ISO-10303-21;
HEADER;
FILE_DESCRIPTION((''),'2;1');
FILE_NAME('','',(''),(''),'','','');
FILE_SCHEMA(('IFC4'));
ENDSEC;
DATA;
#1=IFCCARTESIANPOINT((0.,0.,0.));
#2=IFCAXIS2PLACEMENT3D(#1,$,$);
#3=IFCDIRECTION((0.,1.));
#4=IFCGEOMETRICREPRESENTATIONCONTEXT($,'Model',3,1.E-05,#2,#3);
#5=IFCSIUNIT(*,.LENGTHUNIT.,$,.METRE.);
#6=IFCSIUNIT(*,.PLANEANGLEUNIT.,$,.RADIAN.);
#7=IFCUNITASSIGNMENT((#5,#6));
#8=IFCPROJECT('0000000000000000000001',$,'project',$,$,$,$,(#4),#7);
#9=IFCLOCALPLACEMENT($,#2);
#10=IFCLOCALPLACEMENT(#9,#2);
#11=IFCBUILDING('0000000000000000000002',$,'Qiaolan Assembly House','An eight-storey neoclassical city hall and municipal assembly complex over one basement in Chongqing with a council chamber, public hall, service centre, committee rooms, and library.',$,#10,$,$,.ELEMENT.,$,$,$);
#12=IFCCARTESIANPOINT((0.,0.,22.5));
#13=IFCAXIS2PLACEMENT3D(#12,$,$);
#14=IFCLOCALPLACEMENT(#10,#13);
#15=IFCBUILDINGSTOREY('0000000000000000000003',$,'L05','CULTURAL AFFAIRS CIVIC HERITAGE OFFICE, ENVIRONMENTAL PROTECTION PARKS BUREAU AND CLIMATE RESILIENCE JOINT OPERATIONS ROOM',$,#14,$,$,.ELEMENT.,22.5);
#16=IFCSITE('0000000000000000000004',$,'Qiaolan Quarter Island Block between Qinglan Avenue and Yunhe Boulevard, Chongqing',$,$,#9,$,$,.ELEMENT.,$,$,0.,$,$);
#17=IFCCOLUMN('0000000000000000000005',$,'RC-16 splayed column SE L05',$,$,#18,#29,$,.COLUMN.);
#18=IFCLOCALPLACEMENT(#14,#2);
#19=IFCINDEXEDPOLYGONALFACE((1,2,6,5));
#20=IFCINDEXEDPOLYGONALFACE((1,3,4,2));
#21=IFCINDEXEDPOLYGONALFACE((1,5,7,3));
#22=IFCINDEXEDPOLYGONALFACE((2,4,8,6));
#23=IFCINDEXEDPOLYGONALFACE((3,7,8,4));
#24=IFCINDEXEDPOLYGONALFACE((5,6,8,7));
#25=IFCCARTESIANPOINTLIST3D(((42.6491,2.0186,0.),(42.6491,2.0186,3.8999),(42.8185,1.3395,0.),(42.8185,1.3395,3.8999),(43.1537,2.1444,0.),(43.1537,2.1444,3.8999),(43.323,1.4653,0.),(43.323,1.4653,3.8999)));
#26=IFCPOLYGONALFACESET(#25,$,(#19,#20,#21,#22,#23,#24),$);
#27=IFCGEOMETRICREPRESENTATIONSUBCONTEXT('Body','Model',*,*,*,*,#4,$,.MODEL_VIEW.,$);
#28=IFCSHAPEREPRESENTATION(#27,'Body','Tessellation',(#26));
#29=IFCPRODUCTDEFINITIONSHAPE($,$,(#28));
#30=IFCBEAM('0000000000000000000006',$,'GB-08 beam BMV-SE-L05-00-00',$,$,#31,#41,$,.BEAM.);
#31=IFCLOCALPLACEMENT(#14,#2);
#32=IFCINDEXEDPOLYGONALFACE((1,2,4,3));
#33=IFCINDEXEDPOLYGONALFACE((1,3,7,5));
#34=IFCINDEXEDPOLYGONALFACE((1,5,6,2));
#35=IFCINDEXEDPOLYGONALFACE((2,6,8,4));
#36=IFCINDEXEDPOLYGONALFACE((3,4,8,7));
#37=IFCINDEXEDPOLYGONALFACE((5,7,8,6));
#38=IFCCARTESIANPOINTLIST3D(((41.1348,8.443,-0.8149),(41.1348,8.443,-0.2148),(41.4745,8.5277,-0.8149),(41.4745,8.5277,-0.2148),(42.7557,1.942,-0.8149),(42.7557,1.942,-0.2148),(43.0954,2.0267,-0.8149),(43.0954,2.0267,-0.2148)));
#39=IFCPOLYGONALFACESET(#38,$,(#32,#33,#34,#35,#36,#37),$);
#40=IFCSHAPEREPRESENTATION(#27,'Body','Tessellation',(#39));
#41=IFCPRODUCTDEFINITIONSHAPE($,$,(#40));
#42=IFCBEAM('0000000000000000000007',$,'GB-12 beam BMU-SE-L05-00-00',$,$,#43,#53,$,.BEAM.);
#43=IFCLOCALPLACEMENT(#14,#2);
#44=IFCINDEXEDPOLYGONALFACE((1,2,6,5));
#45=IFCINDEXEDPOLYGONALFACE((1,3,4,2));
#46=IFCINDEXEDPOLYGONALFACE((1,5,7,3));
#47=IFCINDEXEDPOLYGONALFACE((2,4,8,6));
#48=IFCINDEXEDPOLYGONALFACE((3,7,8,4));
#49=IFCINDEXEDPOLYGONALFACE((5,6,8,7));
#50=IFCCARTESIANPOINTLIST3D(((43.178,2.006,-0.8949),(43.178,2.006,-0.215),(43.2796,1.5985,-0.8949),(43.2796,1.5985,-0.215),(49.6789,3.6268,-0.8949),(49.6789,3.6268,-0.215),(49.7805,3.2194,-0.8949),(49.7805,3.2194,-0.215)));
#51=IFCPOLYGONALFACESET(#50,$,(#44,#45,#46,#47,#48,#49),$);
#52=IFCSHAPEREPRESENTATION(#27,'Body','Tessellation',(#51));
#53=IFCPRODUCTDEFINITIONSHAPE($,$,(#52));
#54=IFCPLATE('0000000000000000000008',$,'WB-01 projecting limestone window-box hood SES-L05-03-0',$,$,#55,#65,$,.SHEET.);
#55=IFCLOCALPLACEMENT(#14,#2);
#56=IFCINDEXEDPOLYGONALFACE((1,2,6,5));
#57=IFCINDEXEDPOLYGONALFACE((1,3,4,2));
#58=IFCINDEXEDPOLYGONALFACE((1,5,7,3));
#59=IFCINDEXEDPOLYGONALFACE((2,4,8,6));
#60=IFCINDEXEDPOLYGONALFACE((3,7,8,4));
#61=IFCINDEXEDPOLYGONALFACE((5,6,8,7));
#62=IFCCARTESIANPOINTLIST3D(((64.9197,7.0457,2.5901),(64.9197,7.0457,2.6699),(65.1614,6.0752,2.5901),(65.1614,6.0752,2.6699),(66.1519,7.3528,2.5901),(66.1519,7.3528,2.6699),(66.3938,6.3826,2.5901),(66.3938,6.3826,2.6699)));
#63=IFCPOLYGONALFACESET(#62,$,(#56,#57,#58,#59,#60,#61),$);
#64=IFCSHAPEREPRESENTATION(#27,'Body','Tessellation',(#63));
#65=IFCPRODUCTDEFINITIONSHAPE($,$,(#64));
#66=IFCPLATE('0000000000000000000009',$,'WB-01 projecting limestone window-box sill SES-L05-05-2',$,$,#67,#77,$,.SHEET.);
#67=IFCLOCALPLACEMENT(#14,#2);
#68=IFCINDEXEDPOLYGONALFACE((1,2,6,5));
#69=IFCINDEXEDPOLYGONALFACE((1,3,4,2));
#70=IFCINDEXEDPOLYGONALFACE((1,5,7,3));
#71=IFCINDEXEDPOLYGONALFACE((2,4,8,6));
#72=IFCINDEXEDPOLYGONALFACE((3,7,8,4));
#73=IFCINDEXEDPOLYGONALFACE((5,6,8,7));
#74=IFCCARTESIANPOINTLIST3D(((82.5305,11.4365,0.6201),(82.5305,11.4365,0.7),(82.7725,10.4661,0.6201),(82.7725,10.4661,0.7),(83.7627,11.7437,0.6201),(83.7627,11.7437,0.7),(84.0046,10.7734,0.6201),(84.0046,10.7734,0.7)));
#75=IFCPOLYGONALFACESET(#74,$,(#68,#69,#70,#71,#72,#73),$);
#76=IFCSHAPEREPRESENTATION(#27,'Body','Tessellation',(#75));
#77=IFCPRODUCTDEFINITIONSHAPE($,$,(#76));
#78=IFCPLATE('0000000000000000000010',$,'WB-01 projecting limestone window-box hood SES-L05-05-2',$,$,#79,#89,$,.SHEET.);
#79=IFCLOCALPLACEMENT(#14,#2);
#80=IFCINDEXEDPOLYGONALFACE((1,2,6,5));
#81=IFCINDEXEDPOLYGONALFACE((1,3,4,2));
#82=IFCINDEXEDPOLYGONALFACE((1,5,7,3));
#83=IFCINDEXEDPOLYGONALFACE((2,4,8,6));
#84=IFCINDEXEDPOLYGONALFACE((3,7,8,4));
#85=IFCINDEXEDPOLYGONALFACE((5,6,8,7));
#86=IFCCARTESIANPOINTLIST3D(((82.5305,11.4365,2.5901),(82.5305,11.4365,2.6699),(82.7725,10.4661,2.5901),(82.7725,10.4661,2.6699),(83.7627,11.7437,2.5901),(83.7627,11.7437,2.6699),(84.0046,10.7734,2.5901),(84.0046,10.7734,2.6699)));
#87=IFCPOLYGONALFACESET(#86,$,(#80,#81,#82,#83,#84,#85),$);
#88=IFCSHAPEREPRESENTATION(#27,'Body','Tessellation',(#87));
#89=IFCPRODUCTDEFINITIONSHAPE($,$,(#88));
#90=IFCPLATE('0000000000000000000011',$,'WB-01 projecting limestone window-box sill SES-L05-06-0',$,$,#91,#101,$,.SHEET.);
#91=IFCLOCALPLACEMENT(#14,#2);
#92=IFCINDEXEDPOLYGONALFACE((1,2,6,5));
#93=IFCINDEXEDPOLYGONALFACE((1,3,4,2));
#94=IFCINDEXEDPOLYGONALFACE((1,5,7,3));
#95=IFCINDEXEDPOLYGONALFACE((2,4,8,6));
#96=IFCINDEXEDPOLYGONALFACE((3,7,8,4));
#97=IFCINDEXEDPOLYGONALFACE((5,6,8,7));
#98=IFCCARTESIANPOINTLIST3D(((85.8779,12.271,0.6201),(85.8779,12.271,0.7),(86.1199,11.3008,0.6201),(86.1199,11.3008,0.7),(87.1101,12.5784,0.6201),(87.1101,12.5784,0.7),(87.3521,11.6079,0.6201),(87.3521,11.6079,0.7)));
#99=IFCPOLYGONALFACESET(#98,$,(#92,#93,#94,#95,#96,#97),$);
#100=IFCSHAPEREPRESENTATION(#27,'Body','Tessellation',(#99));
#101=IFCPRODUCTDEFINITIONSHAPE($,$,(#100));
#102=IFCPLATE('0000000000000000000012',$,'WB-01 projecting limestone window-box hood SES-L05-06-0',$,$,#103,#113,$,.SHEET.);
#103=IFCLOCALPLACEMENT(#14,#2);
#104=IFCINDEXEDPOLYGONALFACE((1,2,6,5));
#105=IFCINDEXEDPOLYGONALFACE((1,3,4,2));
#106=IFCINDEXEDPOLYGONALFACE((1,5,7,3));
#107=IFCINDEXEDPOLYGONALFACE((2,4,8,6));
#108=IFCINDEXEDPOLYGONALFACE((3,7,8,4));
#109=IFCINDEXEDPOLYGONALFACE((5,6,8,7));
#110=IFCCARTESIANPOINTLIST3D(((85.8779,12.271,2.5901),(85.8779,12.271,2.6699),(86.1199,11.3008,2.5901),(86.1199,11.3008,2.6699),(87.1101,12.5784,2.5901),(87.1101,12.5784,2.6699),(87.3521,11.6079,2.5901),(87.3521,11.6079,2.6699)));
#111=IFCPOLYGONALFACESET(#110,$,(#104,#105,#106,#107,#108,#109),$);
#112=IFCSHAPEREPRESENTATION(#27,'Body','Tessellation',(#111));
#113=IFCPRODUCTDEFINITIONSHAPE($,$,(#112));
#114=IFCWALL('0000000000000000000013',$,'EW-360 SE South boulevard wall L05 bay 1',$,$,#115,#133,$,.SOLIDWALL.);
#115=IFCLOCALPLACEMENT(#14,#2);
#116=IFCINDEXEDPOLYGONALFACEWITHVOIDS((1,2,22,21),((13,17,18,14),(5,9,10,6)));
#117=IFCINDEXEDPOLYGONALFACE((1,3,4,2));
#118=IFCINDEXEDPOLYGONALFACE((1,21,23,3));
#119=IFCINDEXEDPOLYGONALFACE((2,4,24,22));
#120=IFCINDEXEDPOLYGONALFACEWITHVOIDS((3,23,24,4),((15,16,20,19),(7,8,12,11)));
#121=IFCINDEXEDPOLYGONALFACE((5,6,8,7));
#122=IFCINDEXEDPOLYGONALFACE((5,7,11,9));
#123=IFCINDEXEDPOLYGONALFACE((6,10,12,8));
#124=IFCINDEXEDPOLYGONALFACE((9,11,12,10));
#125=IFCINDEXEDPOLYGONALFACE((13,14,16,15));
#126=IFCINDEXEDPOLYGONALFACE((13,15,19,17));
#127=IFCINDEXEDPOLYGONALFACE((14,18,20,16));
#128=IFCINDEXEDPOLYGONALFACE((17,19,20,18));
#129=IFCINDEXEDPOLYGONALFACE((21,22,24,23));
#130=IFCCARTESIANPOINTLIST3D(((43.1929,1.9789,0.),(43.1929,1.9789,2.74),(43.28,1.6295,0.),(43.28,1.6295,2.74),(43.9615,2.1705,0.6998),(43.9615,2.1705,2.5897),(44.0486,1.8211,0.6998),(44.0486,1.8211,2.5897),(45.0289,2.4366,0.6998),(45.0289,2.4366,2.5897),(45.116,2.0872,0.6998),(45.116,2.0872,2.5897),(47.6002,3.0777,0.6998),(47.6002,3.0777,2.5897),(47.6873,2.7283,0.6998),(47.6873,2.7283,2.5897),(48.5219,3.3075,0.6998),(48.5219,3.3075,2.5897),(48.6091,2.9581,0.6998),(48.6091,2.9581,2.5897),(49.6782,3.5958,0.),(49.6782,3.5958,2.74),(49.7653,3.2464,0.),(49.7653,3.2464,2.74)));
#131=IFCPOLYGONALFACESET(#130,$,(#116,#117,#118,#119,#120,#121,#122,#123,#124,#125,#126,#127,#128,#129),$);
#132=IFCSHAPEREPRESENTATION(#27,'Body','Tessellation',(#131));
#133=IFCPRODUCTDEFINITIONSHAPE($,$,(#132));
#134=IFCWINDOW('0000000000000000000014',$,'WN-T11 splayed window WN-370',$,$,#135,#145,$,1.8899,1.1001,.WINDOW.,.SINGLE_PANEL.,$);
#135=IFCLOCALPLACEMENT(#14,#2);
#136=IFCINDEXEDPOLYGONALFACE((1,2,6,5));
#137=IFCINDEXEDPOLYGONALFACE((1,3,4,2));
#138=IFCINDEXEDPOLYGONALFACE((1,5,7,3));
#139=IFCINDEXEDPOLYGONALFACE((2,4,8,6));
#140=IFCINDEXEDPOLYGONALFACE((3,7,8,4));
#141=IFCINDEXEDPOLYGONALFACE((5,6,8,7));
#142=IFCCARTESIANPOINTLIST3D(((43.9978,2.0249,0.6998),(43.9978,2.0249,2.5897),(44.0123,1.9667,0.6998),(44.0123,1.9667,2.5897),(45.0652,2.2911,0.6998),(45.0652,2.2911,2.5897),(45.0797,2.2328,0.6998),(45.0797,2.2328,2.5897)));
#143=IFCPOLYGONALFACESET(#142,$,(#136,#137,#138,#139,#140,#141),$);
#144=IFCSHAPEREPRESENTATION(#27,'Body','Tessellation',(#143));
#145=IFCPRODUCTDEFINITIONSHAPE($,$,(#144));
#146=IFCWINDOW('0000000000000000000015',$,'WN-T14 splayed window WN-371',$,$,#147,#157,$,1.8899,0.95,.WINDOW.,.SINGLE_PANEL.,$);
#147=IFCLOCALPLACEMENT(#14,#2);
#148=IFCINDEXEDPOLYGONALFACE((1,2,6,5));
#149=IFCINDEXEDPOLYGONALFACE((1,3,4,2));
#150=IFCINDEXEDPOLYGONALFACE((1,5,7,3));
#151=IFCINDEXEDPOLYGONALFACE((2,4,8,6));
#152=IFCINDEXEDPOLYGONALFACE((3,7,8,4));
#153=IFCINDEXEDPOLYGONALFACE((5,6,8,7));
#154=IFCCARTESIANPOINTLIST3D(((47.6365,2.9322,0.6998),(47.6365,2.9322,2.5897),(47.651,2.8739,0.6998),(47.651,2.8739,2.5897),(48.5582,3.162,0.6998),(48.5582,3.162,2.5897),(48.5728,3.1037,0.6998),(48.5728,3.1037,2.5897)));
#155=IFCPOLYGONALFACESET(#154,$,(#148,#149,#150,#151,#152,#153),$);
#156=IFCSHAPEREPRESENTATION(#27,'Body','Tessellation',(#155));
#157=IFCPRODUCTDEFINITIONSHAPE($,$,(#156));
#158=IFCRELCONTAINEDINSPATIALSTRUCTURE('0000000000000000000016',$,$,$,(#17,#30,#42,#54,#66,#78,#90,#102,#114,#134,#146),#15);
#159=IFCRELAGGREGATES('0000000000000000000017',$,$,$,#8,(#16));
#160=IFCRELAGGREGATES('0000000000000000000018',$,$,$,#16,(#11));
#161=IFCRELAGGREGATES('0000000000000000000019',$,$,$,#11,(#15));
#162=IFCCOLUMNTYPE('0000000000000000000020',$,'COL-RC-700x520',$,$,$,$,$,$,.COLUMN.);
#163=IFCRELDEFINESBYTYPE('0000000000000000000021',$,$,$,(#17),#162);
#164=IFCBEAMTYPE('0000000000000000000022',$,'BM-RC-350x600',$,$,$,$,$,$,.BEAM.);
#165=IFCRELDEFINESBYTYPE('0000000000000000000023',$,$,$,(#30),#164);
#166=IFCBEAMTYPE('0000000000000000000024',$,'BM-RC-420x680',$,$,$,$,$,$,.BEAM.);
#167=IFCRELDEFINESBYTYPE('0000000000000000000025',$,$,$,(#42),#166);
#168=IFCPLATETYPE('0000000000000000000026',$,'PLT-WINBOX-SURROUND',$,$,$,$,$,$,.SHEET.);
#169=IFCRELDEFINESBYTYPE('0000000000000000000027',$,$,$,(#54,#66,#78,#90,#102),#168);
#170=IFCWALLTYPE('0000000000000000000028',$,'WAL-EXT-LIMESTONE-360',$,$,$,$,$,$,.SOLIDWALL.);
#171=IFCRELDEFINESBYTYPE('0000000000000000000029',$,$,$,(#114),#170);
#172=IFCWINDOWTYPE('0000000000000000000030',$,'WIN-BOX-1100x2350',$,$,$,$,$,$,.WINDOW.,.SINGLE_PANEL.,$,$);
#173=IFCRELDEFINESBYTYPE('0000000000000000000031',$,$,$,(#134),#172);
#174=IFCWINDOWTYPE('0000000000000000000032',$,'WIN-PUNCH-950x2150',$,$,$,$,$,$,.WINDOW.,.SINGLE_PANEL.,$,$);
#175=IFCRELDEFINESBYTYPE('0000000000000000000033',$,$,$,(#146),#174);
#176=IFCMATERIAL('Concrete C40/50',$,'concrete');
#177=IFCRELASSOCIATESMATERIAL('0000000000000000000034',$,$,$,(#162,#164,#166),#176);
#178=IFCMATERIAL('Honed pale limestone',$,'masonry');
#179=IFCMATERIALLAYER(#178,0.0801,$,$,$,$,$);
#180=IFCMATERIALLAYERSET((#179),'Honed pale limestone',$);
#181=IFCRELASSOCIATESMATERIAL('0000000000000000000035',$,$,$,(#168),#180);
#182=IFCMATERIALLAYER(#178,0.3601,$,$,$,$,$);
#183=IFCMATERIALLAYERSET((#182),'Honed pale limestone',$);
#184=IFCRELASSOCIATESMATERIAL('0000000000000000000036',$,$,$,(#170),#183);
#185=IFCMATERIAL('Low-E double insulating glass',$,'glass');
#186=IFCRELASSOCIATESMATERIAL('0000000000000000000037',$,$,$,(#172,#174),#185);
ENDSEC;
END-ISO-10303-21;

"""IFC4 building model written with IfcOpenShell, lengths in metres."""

from ifc_helpers import new_model, si_unit, direction, frame, frame_2d, origin, origin_2d, place, context, subcontext, project, spatial, polyline, rectangle, outline, extrude, material, layer, layer_set, material_profile, profile_set, type_object, element, fill, save


model = new_model("IFC4")

# Units and contexts
model_context = context("Model", 3, precision=1e-05, world=origin(), true_north=direction((0.0, 1.0)))
body_context = subcontext(model_context, "Body", "Model", "MODEL_VIEW")
ifc_project = project(units=[si_unit("LENGTHUNIT", "METRE"), si_unit("PLANEANGLEUNIT", "RADIAN")], contexts=[model_context])

# Site, building, storey
site_placement = place(None, origin())
site = spatial("IfcSite", under=ifc_project, at=site_placement, Name="Qiaolan Quarter Island Block between Qinglan Avenue and Yunhe Boulevard, Chongqing", CompositionType="ELEMENT", RefElevation=0.0)
building_placement = place(site_placement, origin())
building = spatial("IfcBuilding", under=site, at=building_placement, Name="Qiaolan Assembly House", Description="An eight-storey neoclassical city hall and municipal assembly complex over one basement in Chongqing with a council chamber, public hall, service centre, committee rooms, and library.", CompositionType="ELEMENT")
storey_placement = place(building_placement, frame((0.0, 0.0, 22.5)))
storey = spatial("IfcBuildingStorey", under=building, at=storey_placement, Name="L05", Description="CULTURAL AFFAIRS CIVIC HERITAGE OFFICE, ENVIRONMENTAL PROTECTION PARKS BUREAU AND CLIMATE RESILIENCE JOINT OPERATIONS ROOM", CompositionType="ELEMENT", Elevation=22.5)

# Column
ifc_material_1 = material(Name="Concrete C40/50", Category="concrete")
ifc_material_profile_1 = material_profile(ifc_material_1, rectangle(XDim=0.52, YDim=0.7, at=origin_2d()), Name="RC 700x520")
ifc_profile_set_1 = profile_set([ifc_material_profile_1], Name="Concrete C40/50")
column_type = type_object("IfcColumnType", Name="COL-RC-700x520", PredefinedType="COLUMN", material=ifc_profile_set_1)
column_placement = place(storey_placement, frame((42.9861, 1.7419, 0.0), z_axis=(0.0, 0.0, 1.0), x_axis=(0.970296, 0.241922, 0.0)))
element("IfcColumn", 1, at=column_placement, inside=storey, type_object=column_type, Name="RC-16 splayed column SE L05", PredefinedType="COLUMN", context=body_context, shape_type="SweptSolid", body=[
    extrude(rectangle(XDim=0.52, YDim=0.7, at=origin_2d()), origin(), (0.0, 0.0, 1.0), 3.8999),
])

# Beams
ifc_material_profile_2 = material_profile(ifc_material_1, rectangle(XDim=0.3501, YDim=0.6001, at=origin_2d()), Name="RCB 350x600")
ifc_profile_set_2 = profile_set([ifc_material_profile_2], Name="Concrete C40/50")
beam_type_1 = type_object("IfcBeamType", Name="BM-RC-350x600", PredefinedType="BEAM", material=ifc_profile_set_2)
beam_1_placement = place(storey_placement, frame((42.9255, 1.9844, -0.5149), z_axis=(-0.241918, 0.970297, 0.0), x_axis=(-0.970297, -0.241918, 0.0)))
element("IfcBeam", 2, at=beam_1_placement, inside=storey, type_object=beam_type_1, Name="GB-08 beam BMV-SE-L05-00-00", PredefinedType="BEAM", context=body_context, shape_type="SweptSolid", body=[
    extrude(rectangle(XDim=0.3501, YDim=0.6001, at=origin_2d()), origin(), (0.0, 0.0, 1.0), 6.7),
])
ifc_material_profile_3 = material_profile(ifc_material_1, rectangle(XDim=0.4199, YDim=0.6799, at=origin_2d()), Name="RCB 420x680")
ifc_profile_set_3 = profile_set([ifc_material_profile_3], Name="Concrete C40/50")
beam_type_2 = type_object("IfcBeamType", Name="BM-RC-420x680", PredefinedType="BEAM", material=ifc_profile_set_3)
beam_2_placement = place(storey_placement, frame((43.2288, 1.8022, -0.5549), z_axis=(0.970297, 0.241918, 0.0), x_axis=(-0.241918, 0.970297, 0.0)))
element("IfcBeam", 3, at=beam_2_placement, inside=storey, type_object=beam_type_2, Name="GB-12 beam BMU-SE-L05-00-00", PredefinedType="BEAM", context=body_context, shape_type="SweptSolid", body=[
    extrude(rectangle(XDim=0.4199, YDim=0.6799, at=origin_2d()), origin(), (0.0, 0.0, 1.0), 6.7),
])

# Plates
ifc_material_2 = material(Name="Honed pale limestone", Category="masonry")
ifc_layer_1 = layer(ifc_material_2, 0.0801)
ifc_layer_set_1 = layer_set([ifc_layer_1], Name="Honed pale limestone")
plate_type = type_object("IfcPlateType", Name="PLT-WINBOX-SURROUND", PredefinedType="SHEET", material=ifc_layer_set_1)
plate_placement = place(storey_placement, frame((0.0, 0.0, 2.5901)))
element("IfcPlate", 4, at=plate_placement, inside=storey, type_object=plate_type, Name="WB-01 projecting limestone window-box hood SES-L05-03-0", PredefinedType="SHEET", context=body_context, shape_type="SweptSolid", body=[
    extrude(outline(polyline([(65.1614, 6.0752), (66.3938, 6.3826), (66.1519, 7.3528), (64.9197, 7.0457), (65.1614, 6.0752)])), origin(), (0.0, 0.0, 1.0), 0.0798),
])
for number, where, name in (
    (5, (0.0, 0.0, 0.6201), "WB-01 projecting limestone window-box sill SES-L05-05-2"),
    (6, (0.0, 0.0, 2.5901), "WB-01 projecting limestone window-box hood SES-L05-05-2"),
):
    element("IfcPlate", number, at=place(storey_placement, frame(where)), inside=storey, type_object=plate_type, Name=name, PredefinedType="SHEET", context=body_context, shape_type="SweptSolid", body=[
        extrude(outline(polyline([(82.7725, 10.4661), (84.0046, 10.7734), (83.7627, 11.7437), (82.5305, 11.4365), (82.7725, 10.4661)])), origin(), (0.0, 0.0, 1.0), 0.0798),
    ])
for number, where, name in (
    (7, (0.0, 0.0, 0.6201), "WB-01 projecting limestone window-box sill SES-L05-06-0"),
    (8, (0.0, 0.0, 2.5901), "WB-01 projecting limestone window-box hood SES-L05-06-0"),
):
    element("IfcPlate", number, at=place(storey_placement, frame(where)), inside=storey, type_object=plate_type, Name=name, PredefinedType="SHEET", context=body_context, shape_type="SweptSolid", body=[
        extrude(outline(polyline([(86.1199, 11.3008), (87.3521, 11.6079), (87.1101, 12.5784), (85.8779, 12.271), (86.1199, 11.3008)])), origin(), (0.0, 0.0, 1.0), 0.0798),
    ])

# Wall, openings, windows
ifc_layer_2 = layer(ifc_material_2, 0.3601)
ifc_layer_set_2 = layer_set([ifc_layer_2], Name="Honed pale limestone")
wall_type_1 = type_object("IfcWallType", Name="WAL-EXT-LIMESTONE-360", PredefinedType="SOLIDWALL", material=ifc_layer_set_2)
wall_1_placement = place(storey_placement, frame((43.2366, 1.8042, 0.0), z_axis=(0.0, 0.0, 1.0), x_axis=(0.970297, 0.241917, 0.0)))
wall_1 = element("IfcWall", 9, at=wall_1_placement, inside=storey, type_object=wall_type_1, Name="EW-360 SE South boulevard wall L05 bay 1", PredefinedType="SOLIDWALL", context=body_context, shape_type="SweptSolid", body=[
    extrude(rectangle(XDim=6.6838, YDim=0.3601, at=frame_2d((3.3418, 0.0))), origin(), (0.0, 0.0, 1.0), 2.74),
])
opening_1_placement = place(wall_1_placement, frame((0.792, 0.0, 0.7)))
opening_1 = element("IfcOpeningElement", 10, at=opening_1_placement, cuts=wall_1, PredefinedType="OPENING", context=body_context, shape_type="SweptSolid", body=[
    extrude(rectangle(XDim=1.1001, YDim=1.8899, at=frame_2d((0.55, 0.9448))), frame((0.0, 0.1899, 0.0), z_axis=(0.0, -1.0, 0.0), x_axis=(1.0, 0.0, 0.0)), (0.0, 0.0, 1.0), 0.3801),
])
opening_2_placement = place(wall_1_placement, frame((4.542, 0.0, 0.7)))
opening_2 = element("IfcOpeningElement", 11, at=opening_2_placement, cuts=wall_1, PredefinedType="OPENING", context=body_context, shape_type="SweptSolid", body=[
    extrude(rectangle(XDim=0.95, YDim=1.8899, at=frame_2d((0.4751, 0.9448))), frame((0.0, 0.1899, 0.0), z_axis=(0.0, -1.0, 0.0), x_axis=(1.0, 0.0, 0.0)), (0.0, 0.0, 1.0), 0.3801),
])
ifc_material_3 = material(Name="Low-E double insulating glass", Category="glass")
window_type_1 = type_object("IfcWindowType", Name="WIN-BOX-1100x2350", PartitioningType="SINGLE_PANEL", PredefinedType="WINDOW", material=ifc_material_3)
window_1_placement = place(opening_1_placement, origin())
window_1 = element("IfcWindow", 12, at=window_1_placement, inside=storey, type_object=window_type_1, Name="WN-T11 splayed window WN-370", OverallHeight=1.8899, OverallWidth=1.1001, PartitioningType="SINGLE_PANEL", PredefinedType="WINDOW", context=body_context, shape_type="SweptSolid", body=[
    extrude(rectangle(XDim=1.1001, YDim=1.8899, at=frame_2d((0.55, 0.9448))), frame((0.0, 0.03, 0.0), z_axis=(0.0, -1.0, 0.0), x_axis=(1.0, 0.0, 0.0)), (0.0, 0.0, 1.0), 0.0601),
])
fill(opening_1, window_1)
window_type_2 = type_object("IfcWindowType", Name="WIN-PUNCH-950x2150", PartitioningType="SINGLE_PANEL", PredefinedType="WINDOW", material=ifc_material_3)
window_2_placement = place(opening_2_placement, origin())
window_2 = element("IfcWindow", 13, at=window_2_placement, inside=storey, type_object=window_type_2, Name="WN-T14 splayed window WN-371", OverallHeight=1.8899, OverallWidth=0.95, PartitioningType="SINGLE_PANEL", PredefinedType="WINDOW", context=body_context, shape_type="SweptSolid", body=[
    extrude(rectangle(XDim=0.95, YDim=1.8899, at=frame_2d((0.4751, 0.9448))), frame((0.0, 0.03, 0.0), z_axis=(0.0, -1.0, 0.0), x_axis=(1.0, 0.0, 0.0)), (0.0, 0.0, 1.0), 0.0601),
])
fill(opening_2, window_2)

save(model, "model.ifc")
